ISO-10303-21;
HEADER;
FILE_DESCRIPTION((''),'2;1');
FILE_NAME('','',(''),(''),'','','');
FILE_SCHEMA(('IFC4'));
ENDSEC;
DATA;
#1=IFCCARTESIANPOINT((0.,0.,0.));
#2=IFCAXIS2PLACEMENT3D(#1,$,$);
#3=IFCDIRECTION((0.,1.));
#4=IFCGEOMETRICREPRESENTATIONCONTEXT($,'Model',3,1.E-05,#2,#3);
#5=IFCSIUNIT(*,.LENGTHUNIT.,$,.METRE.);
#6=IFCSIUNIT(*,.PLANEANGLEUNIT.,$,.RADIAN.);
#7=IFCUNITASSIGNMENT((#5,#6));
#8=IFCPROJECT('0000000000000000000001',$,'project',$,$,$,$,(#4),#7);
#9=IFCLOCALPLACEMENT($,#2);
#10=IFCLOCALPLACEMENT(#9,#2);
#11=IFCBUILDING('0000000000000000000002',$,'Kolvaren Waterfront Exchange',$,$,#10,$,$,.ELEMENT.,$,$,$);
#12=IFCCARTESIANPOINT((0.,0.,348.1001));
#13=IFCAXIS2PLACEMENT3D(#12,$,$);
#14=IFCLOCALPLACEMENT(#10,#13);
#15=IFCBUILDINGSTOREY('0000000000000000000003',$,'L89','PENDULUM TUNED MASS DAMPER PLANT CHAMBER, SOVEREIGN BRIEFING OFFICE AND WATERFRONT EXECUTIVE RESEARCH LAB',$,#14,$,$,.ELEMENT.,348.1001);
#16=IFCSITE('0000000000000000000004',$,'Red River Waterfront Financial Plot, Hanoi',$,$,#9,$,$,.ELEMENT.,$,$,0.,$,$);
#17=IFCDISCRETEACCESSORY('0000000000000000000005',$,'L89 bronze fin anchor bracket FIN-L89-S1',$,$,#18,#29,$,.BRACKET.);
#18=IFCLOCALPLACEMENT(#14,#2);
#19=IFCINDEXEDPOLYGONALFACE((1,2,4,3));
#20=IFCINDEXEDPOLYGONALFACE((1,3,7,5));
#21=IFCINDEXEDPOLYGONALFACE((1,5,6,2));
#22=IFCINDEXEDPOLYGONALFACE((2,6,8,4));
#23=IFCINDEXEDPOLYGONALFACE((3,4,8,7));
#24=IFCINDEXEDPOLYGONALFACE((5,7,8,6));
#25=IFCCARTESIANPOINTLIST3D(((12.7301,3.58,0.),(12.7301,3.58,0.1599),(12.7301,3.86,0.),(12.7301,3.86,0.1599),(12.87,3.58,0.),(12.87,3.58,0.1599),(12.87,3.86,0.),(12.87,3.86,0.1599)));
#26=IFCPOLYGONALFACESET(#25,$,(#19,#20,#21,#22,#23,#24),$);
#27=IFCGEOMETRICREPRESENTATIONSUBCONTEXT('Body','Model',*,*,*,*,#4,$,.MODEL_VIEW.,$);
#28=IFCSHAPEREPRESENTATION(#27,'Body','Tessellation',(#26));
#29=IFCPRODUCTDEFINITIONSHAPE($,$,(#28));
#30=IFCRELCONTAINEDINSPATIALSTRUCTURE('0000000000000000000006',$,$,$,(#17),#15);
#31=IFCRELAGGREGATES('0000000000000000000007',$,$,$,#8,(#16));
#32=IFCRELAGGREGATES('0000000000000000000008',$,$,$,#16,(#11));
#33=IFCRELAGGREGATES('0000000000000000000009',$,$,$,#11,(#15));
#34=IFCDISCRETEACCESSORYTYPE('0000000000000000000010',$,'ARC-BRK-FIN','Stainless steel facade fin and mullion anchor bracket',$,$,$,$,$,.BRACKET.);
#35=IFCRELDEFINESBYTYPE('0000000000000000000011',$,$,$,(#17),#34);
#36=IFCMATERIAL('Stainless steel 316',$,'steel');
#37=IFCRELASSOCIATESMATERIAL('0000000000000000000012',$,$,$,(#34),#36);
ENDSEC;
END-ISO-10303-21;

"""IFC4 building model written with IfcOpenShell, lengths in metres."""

from ifc_helpers import new_model, si_unit, direction, frame, origin, origin_with_axes, origin_2d, place, context, subcontext, project, spatial, rectangle, extrude, source, transform, mapped, material, type_object, element, save


model = new_model("IFC4")

# Units and contexts
model_context = context("Model", 3, precision=1e-05, world=origin(), true_north=direction((0.0, 1.0)))
body_context = subcontext(model_context, "Body", "Model", "MODEL_VIEW")
ifc_project = project(units=[si_unit("LENGTHUNIT", "METRE"), si_unit("PLANEANGLEUNIT", "RADIAN")], contexts=[model_context])

# Site, building, storey
site_placement = place(None, origin())
site = spatial("IfcSite", under=ifc_project, at=site_placement, Name="Red River Waterfront Financial Plot, Hanoi", CompositionType="ELEMENT", RefElevation=0.0)
building_placement = place(site_placement, origin())
building = spatial("IfcBuilding", under=site, at=building_placement, Name="Kolvaren Waterfront Exchange", CompositionType="ELEMENT")
storey_placement = place(building_placement, frame((0.0, 0.0, 348.1001)))
storey = spatial("IfcBuildingStorey", under=building, at=storey_placement, Name="L89", Description="PENDULUM TUNED MASS DAMPER PLANT CHAMBER, SOVEREIGN BRIEFING OFFICE AND WATERFRONT EXECUTIVE RESEARCH LAB", CompositionType="ELEMENT", Elevation=348.1001)

# Discrete accessory
ifc_material_1 = material(Name="Stainless steel 316", Category="steel")
discrete_accessory_type = type_object("IfcDiscreteAccessoryType", Name="ARC-BRK-FIN", Description="Stainless steel facade fin and mullion anchor bracket", PredefinedType="BRACKET", material=ifc_material_1)
shared_shape_1 = source(origin_with_axes(), body_context, "Body", "SweptSolid", [
    extrude(rectangle(XDim=0.28, YDim=0.1399, at=origin_2d()), origin(), (0.0, 0.0, 1.0), 0.1599),
])
discrete_accessory_placement = place(storey_placement, frame((12.8, 3.72, 0.0), z_axis=(0.0, 0.0, 1.0), x_axis=(0.0, -1.0, 0.0)))
element("IfcDiscreteAccessory", 1, at=discrete_accessory_placement, inside=storey, type_object=discrete_accessory_type, Name="L89 bronze fin anchor bracket FIN-L89-S1", PredefinedType="BRACKET", context=body_context, shape_type="MappedRepresentation", body=[
    mapped(shared_shape_1, transform((0.0, 0.0, 0.0), x_axis=(1.0, 0.0, 0.0), y_axis=(0.0, 1.0, 0.0), z_axis=(0.0, 0.0, 1.0), scale=1.0)),
])

save(model, "model.ifc")
